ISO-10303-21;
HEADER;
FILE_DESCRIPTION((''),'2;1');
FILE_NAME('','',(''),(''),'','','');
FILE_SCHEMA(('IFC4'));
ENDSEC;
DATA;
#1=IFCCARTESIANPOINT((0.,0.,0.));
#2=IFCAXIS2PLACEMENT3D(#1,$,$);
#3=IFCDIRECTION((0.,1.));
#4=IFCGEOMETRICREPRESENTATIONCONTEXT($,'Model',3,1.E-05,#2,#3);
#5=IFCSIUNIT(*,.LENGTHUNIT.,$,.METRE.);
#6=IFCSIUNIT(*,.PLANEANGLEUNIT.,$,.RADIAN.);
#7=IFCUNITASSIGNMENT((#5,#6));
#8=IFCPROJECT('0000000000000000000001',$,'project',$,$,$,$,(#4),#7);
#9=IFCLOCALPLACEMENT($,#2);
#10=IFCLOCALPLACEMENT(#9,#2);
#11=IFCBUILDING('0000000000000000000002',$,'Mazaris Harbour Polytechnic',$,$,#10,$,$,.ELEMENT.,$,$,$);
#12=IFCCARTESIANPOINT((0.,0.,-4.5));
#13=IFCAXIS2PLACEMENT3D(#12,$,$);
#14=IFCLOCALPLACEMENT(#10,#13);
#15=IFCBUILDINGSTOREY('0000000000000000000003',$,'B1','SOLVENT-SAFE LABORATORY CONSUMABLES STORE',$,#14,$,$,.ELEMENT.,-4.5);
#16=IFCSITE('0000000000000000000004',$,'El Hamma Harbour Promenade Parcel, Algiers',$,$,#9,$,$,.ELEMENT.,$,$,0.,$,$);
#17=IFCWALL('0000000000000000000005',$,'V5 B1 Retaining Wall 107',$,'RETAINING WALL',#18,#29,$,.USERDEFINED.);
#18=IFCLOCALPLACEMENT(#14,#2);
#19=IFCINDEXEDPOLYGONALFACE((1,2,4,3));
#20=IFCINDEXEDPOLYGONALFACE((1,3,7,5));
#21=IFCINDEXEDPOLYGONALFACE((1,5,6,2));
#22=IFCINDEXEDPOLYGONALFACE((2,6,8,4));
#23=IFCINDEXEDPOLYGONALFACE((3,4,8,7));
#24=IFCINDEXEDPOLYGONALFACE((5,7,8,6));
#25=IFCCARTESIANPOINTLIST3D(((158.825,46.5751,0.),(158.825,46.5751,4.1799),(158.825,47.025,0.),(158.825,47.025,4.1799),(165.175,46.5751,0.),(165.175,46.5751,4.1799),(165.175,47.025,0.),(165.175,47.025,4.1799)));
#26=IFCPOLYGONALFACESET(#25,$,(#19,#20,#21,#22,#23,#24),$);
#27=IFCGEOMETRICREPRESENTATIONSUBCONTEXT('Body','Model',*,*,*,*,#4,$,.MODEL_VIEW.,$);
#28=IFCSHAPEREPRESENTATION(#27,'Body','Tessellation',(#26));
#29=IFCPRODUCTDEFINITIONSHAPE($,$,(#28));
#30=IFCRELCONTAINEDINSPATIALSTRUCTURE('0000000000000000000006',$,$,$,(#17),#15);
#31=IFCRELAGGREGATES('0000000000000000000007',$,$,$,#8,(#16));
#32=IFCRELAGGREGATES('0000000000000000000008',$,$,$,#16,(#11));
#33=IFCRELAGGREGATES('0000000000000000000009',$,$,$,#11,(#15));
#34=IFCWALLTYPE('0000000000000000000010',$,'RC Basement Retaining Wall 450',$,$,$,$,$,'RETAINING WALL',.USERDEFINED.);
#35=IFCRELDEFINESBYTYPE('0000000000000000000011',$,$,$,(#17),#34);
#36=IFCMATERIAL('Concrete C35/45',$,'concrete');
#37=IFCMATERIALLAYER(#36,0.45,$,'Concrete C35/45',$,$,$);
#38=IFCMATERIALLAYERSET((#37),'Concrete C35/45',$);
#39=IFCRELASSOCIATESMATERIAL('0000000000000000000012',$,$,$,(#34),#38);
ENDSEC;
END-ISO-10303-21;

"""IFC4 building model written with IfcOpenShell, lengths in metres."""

from ifc_helpers import new_model, si_unit, direction, frame, frame_2d, origin, place, context, subcontext, project, spatial, rectangle, extrude, material, layer, layer_set, type_object, element, save


model = new_model("IFC4")

# Units and contexts
model_context = context("Model", 3, precision=1e-05, world=origin(), true_north=direction((0.0, 1.0)))
body_context = subcontext(model_context, "Body", "Model", "MODEL_VIEW")
ifc_project = project(units=[si_unit("LENGTHUNIT", "METRE"), si_unit("PLANEANGLEUNIT", "RADIAN")], contexts=[model_context])

# Site, building, storey
site_placement = place(None, origin())
site = spatial("IfcSite", under=ifc_project, at=site_placement, Name="El Hamma Harbour Promenade Parcel, Algiers", CompositionType="ELEMENT", RefElevation=0.0)
building_placement = place(site_placement, origin())
building = spatial("IfcBuilding", under=site, at=building_placement, Name="Mazaris Harbour Polytechnic", CompositionType="ELEMENT")
storey_placement = place(building_placement, frame((0.0, 0.0, -4.5)))
storey = spatial("IfcBuildingStorey", under=building, at=storey_placement, Name="B1", Description="SOLVENT-SAFE LABORATORY CONSUMABLES STORE", CompositionType="ELEMENT", Elevation=-4.5)

# Wall
ifc_material_1 = material(Name="Concrete C35/45", Category="concrete")
ifc_layer_1 = layer(ifc_material_1, 0.45, Name="Concrete C35/45")
ifc_layer_set_1 = layer_set([ifc_layer_1], Name="Concrete C35/45")
wall_type_1 = type_object("IfcWallType", Name="RC Basement Retaining Wall 450", ElementType="RETAINING WALL", PredefinedType="USERDEFINED", material=ifc_layer_set_1)
wall_1_placement = place(storey_placement, frame((158.825, 46.8, 0.0), z_axis=(0.0, 0.0, 1.0), x_axis=(1.0, 0.0, 0.0)))
element("IfcWall", 1, at=wall_1_placement, inside=storey, type_object=wall_type_1, Name="V5 B1 Retaining Wall 107", ObjectType="RETAINING WALL", PredefinedType="USERDEFINED", context=body_context, shape_type="SweptSolid", body=[
    extrude(rectangle(XDim=6.3501, YDim=0.45, at=frame_2d((3.175, 0.0))), origin(), (0.0, 0.0, 1.0), 4.1799),
])

save(model, "model.ifc")
